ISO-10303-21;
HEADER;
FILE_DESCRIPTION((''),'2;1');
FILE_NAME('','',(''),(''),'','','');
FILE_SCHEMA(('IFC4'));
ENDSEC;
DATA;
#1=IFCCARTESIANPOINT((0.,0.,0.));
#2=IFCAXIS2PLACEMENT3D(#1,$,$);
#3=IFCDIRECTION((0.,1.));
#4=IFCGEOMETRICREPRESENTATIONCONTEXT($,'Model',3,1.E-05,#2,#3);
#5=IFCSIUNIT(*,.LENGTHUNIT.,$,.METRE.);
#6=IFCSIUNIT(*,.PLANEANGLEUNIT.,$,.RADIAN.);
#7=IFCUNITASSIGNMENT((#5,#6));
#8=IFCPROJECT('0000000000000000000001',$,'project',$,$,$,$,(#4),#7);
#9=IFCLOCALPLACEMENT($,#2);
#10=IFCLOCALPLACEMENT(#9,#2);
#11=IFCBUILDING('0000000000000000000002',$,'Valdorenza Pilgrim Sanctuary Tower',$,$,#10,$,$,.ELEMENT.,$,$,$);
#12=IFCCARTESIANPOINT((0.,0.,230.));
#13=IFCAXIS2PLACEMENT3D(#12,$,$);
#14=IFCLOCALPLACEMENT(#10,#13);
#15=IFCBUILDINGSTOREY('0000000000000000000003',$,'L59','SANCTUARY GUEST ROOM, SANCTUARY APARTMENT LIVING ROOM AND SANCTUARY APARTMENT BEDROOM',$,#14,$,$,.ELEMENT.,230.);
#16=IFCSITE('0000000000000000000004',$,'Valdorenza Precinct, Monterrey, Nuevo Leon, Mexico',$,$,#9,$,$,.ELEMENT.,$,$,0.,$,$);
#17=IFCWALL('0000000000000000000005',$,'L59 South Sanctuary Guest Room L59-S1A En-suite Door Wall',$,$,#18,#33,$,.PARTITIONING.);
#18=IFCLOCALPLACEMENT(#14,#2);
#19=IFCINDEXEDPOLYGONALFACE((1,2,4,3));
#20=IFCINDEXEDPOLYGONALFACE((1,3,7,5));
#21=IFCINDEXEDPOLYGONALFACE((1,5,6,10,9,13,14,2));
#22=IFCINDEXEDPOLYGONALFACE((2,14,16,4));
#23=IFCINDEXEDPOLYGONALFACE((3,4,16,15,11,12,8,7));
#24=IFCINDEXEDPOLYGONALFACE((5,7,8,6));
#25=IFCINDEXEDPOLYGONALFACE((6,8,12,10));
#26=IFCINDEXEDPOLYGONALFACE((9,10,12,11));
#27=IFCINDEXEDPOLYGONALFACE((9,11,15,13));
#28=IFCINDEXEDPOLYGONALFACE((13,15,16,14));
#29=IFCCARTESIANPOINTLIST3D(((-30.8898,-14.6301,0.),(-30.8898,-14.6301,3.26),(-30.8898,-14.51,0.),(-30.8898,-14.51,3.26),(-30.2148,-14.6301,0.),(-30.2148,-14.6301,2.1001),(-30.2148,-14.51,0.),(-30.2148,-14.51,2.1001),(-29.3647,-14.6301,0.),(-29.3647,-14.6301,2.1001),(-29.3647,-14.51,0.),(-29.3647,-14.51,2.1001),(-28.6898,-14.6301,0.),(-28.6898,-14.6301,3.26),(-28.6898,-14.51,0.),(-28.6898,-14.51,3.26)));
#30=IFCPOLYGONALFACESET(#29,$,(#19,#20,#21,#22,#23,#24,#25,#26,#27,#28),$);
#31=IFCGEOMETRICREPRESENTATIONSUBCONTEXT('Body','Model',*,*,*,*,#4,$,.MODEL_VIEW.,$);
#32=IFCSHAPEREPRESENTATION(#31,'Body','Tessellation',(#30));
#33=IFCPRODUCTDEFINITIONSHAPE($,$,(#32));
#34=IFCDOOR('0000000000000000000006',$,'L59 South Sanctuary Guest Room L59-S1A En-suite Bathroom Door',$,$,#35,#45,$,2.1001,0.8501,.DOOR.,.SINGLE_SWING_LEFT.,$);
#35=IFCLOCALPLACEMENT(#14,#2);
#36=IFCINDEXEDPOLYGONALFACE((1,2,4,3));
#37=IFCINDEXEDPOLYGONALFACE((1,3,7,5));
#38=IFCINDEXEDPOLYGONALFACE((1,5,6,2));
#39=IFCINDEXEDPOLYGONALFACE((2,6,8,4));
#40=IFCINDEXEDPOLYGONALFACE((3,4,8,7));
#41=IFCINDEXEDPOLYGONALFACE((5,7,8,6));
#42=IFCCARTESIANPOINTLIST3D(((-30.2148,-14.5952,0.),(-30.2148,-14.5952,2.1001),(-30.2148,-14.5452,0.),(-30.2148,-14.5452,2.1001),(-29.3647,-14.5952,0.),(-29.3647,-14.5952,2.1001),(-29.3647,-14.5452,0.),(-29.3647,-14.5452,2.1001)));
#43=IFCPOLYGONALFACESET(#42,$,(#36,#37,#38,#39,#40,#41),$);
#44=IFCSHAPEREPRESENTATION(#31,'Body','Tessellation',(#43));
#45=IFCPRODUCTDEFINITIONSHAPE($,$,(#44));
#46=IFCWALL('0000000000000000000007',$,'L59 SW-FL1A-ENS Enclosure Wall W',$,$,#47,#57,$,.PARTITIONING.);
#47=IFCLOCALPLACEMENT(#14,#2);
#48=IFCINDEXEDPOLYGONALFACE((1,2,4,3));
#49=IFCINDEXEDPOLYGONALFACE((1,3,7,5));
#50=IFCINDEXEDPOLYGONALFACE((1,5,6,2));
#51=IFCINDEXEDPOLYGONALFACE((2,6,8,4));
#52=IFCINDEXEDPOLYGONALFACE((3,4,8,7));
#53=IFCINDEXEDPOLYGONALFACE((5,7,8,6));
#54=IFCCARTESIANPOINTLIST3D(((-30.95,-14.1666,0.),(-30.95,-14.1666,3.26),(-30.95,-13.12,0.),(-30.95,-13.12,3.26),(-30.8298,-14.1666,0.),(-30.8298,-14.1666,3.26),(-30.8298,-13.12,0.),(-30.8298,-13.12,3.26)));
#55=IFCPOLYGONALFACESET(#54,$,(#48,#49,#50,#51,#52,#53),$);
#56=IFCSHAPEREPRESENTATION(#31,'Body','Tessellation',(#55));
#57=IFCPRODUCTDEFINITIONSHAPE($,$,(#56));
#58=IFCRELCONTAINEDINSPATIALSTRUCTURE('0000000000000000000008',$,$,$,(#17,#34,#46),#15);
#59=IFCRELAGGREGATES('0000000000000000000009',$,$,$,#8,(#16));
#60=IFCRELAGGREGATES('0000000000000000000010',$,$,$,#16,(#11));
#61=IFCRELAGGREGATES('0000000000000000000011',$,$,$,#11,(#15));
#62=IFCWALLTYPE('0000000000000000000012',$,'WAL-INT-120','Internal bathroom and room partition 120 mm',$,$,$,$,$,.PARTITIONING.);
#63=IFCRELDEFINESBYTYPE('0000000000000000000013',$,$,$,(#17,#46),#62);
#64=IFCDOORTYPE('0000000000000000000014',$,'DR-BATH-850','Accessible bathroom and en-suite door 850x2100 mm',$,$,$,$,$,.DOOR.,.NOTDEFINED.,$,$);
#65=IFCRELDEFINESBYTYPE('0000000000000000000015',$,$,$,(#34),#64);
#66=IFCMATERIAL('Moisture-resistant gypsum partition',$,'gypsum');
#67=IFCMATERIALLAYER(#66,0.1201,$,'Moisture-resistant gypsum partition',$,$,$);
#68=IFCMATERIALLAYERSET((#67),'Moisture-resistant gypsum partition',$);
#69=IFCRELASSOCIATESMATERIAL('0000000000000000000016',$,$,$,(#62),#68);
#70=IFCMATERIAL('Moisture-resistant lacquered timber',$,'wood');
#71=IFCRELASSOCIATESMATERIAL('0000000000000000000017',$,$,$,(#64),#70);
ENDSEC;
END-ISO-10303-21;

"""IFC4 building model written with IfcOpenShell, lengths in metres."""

from ifc_helpers import new_model, si_unit, direction, frame, frame_2d, origin, place, context, subcontext, project, spatial, rectangle, extrude, material, layer, layer_set, type_object, element, fill, save


model = new_model("IFC4")

# Units and contexts
model_context = context("Model", 3, precision=1e-05, world=origin(), true_north=direction((0.0, 1.0)))
body_context = subcontext(model_context, "Body", "Model", "MODEL_VIEW")
ifc_project = project(units=[si_unit("LENGTHUNIT", "METRE"), si_unit("PLANEANGLEUNIT", "RADIAN")], contexts=[model_context])

# Site, building, storey
site_placement = place(None, origin())
site = spatial("IfcSite", under=ifc_project, at=site_placement, Name="Valdorenza Precinct, Monterrey, Nuevo Leon, Mexico", CompositionType="ELEMENT", RefElevation=0.0)
building_placement = place(site_placement, origin())
building = spatial("IfcBuilding", under=site, at=building_placement, Name="Valdorenza Pilgrim Sanctuary Tower", CompositionType="ELEMENT")
storey_placement = place(building_placement, frame((0.0, 0.0, 230.0)))
storey = spatial("IfcBuildingStorey", under=building, at=storey_placement, Name="L59", Description="SANCTUARY GUEST ROOM, SANCTUARY APARTMENT LIVING ROOM AND SANCTUARY APARTMENT BEDROOM", CompositionType="ELEMENT", Elevation=230.0)

# Wall, opening, door
ifc_material_1 = material(Name="Moisture-resistant gypsum partition", Category="gypsum")
ifc_layer_1 = layer(ifc_material_1, 0.1201, Name="Moisture-resistant gypsum partition")
ifc_layer_set_1 = layer_set([ifc_layer_1], Name="Moisture-resistant gypsum partition")
wall_type_1 = type_object("IfcWallType", Name="WAL-INT-120", Description="Internal bathroom and room partition 120 mm", PredefinedType="PARTITIONING", material=ifc_layer_set_1)
wall_1_placement = place(storey_placement, frame((-30.8899, -14.5701, 0.0), z_axis=(0.0, 0.0, 1.0), x_axis=(1.0, 0.0, 0.0)))
wall_1 = element("IfcWall", 1, at=wall_1_placement, inside=storey, type_object=wall_type_1, Name="L59 South Sanctuary Guest Room L59-S1A En-suite Door Wall", PredefinedType="PARTITIONING", context=body_context, shape_type="SweptSolid", body=[
    extrude(rectangle(XDim=2.2, YDim=0.1201, at=frame_2d((1.1001, 0.0))), origin(), (0.0, 0.0, 1.0), 3.26),
])
opening_1_placement = place(wall_1_placement, frame((0.675, 0.0, 0.0)))
opening_1 = element("IfcOpeningElement", 2, at=opening_1_placement, cuts=wall_1, PredefinedType="OPENING", context=body_context, shape_type="SweptSolid", body=[
    extrude(rectangle(XDim=0.8501, YDim=2.1001, at=frame_2d((0.425, 1.05))), frame((0.0, 0.075, 0.0), z_axis=(0.0, -1.0, 0.0), x_axis=(1.0, 0.0, 0.0)), (0.0, 0.0, 1.0), 0.1499),
])
ifc_material_2 = material(Name="Moisture-resistant lacquered timber", Category="wood")
door_type_1 = type_object("IfcDoorType", Name="DR-BATH-850", Description="Accessible bathroom and en-suite door 850x2100 mm", OperationType="NOTDEFINED", PredefinedType="DOOR", material=ifc_material_2)
door_1_placement = place(opening_1_placement, origin())
door_1 = element("IfcDoor", 3, at=door_1_placement, inside=storey, type_object=door_type_1, Name="L59 South Sanctuary Guest Room L59-S1A En-suite Bathroom Door", OperationType="SINGLE_SWING_LEFT", OverallHeight=2.1001, OverallWidth=0.8501, PredefinedType="DOOR", context=body_context, shape_type="SweptSolid", body=[
    extrude(rectangle(XDim=0.8501, YDim=2.1001, at=frame_2d((0.425, 1.05))), frame((0.0, 0.0249, 0.0), z_axis=(0.0, -1.0, 0.0), x_axis=(1.0, 0.0, 0.0)), (0.0, 0.0, 1.0), 0.05),
])
fill(opening_1, door_1)

# Wall
wall_2_placement = place(storey_placement, frame((-30.8899, -14.1667, 0.0), z_axis=(0.0, 0.0, 1.0), x_axis=(0.0, 1.0, 0.0)))
element("IfcWall", 4, at=wall_2_placement, inside=storey, type_object=wall_type_1, Name="L59 SW-FL1A-ENS Enclosure Wall W", PredefinedType="PARTITIONING", context=body_context, shape_type="SweptSolid", body=[
    extrude(rectangle(XDim=1.0466, YDim=0.1201, at=frame_2d((0.5234, 0.0))), origin(), (0.0, 0.0, 1.0), 3.26),
])

save(model, "model.ifc")
